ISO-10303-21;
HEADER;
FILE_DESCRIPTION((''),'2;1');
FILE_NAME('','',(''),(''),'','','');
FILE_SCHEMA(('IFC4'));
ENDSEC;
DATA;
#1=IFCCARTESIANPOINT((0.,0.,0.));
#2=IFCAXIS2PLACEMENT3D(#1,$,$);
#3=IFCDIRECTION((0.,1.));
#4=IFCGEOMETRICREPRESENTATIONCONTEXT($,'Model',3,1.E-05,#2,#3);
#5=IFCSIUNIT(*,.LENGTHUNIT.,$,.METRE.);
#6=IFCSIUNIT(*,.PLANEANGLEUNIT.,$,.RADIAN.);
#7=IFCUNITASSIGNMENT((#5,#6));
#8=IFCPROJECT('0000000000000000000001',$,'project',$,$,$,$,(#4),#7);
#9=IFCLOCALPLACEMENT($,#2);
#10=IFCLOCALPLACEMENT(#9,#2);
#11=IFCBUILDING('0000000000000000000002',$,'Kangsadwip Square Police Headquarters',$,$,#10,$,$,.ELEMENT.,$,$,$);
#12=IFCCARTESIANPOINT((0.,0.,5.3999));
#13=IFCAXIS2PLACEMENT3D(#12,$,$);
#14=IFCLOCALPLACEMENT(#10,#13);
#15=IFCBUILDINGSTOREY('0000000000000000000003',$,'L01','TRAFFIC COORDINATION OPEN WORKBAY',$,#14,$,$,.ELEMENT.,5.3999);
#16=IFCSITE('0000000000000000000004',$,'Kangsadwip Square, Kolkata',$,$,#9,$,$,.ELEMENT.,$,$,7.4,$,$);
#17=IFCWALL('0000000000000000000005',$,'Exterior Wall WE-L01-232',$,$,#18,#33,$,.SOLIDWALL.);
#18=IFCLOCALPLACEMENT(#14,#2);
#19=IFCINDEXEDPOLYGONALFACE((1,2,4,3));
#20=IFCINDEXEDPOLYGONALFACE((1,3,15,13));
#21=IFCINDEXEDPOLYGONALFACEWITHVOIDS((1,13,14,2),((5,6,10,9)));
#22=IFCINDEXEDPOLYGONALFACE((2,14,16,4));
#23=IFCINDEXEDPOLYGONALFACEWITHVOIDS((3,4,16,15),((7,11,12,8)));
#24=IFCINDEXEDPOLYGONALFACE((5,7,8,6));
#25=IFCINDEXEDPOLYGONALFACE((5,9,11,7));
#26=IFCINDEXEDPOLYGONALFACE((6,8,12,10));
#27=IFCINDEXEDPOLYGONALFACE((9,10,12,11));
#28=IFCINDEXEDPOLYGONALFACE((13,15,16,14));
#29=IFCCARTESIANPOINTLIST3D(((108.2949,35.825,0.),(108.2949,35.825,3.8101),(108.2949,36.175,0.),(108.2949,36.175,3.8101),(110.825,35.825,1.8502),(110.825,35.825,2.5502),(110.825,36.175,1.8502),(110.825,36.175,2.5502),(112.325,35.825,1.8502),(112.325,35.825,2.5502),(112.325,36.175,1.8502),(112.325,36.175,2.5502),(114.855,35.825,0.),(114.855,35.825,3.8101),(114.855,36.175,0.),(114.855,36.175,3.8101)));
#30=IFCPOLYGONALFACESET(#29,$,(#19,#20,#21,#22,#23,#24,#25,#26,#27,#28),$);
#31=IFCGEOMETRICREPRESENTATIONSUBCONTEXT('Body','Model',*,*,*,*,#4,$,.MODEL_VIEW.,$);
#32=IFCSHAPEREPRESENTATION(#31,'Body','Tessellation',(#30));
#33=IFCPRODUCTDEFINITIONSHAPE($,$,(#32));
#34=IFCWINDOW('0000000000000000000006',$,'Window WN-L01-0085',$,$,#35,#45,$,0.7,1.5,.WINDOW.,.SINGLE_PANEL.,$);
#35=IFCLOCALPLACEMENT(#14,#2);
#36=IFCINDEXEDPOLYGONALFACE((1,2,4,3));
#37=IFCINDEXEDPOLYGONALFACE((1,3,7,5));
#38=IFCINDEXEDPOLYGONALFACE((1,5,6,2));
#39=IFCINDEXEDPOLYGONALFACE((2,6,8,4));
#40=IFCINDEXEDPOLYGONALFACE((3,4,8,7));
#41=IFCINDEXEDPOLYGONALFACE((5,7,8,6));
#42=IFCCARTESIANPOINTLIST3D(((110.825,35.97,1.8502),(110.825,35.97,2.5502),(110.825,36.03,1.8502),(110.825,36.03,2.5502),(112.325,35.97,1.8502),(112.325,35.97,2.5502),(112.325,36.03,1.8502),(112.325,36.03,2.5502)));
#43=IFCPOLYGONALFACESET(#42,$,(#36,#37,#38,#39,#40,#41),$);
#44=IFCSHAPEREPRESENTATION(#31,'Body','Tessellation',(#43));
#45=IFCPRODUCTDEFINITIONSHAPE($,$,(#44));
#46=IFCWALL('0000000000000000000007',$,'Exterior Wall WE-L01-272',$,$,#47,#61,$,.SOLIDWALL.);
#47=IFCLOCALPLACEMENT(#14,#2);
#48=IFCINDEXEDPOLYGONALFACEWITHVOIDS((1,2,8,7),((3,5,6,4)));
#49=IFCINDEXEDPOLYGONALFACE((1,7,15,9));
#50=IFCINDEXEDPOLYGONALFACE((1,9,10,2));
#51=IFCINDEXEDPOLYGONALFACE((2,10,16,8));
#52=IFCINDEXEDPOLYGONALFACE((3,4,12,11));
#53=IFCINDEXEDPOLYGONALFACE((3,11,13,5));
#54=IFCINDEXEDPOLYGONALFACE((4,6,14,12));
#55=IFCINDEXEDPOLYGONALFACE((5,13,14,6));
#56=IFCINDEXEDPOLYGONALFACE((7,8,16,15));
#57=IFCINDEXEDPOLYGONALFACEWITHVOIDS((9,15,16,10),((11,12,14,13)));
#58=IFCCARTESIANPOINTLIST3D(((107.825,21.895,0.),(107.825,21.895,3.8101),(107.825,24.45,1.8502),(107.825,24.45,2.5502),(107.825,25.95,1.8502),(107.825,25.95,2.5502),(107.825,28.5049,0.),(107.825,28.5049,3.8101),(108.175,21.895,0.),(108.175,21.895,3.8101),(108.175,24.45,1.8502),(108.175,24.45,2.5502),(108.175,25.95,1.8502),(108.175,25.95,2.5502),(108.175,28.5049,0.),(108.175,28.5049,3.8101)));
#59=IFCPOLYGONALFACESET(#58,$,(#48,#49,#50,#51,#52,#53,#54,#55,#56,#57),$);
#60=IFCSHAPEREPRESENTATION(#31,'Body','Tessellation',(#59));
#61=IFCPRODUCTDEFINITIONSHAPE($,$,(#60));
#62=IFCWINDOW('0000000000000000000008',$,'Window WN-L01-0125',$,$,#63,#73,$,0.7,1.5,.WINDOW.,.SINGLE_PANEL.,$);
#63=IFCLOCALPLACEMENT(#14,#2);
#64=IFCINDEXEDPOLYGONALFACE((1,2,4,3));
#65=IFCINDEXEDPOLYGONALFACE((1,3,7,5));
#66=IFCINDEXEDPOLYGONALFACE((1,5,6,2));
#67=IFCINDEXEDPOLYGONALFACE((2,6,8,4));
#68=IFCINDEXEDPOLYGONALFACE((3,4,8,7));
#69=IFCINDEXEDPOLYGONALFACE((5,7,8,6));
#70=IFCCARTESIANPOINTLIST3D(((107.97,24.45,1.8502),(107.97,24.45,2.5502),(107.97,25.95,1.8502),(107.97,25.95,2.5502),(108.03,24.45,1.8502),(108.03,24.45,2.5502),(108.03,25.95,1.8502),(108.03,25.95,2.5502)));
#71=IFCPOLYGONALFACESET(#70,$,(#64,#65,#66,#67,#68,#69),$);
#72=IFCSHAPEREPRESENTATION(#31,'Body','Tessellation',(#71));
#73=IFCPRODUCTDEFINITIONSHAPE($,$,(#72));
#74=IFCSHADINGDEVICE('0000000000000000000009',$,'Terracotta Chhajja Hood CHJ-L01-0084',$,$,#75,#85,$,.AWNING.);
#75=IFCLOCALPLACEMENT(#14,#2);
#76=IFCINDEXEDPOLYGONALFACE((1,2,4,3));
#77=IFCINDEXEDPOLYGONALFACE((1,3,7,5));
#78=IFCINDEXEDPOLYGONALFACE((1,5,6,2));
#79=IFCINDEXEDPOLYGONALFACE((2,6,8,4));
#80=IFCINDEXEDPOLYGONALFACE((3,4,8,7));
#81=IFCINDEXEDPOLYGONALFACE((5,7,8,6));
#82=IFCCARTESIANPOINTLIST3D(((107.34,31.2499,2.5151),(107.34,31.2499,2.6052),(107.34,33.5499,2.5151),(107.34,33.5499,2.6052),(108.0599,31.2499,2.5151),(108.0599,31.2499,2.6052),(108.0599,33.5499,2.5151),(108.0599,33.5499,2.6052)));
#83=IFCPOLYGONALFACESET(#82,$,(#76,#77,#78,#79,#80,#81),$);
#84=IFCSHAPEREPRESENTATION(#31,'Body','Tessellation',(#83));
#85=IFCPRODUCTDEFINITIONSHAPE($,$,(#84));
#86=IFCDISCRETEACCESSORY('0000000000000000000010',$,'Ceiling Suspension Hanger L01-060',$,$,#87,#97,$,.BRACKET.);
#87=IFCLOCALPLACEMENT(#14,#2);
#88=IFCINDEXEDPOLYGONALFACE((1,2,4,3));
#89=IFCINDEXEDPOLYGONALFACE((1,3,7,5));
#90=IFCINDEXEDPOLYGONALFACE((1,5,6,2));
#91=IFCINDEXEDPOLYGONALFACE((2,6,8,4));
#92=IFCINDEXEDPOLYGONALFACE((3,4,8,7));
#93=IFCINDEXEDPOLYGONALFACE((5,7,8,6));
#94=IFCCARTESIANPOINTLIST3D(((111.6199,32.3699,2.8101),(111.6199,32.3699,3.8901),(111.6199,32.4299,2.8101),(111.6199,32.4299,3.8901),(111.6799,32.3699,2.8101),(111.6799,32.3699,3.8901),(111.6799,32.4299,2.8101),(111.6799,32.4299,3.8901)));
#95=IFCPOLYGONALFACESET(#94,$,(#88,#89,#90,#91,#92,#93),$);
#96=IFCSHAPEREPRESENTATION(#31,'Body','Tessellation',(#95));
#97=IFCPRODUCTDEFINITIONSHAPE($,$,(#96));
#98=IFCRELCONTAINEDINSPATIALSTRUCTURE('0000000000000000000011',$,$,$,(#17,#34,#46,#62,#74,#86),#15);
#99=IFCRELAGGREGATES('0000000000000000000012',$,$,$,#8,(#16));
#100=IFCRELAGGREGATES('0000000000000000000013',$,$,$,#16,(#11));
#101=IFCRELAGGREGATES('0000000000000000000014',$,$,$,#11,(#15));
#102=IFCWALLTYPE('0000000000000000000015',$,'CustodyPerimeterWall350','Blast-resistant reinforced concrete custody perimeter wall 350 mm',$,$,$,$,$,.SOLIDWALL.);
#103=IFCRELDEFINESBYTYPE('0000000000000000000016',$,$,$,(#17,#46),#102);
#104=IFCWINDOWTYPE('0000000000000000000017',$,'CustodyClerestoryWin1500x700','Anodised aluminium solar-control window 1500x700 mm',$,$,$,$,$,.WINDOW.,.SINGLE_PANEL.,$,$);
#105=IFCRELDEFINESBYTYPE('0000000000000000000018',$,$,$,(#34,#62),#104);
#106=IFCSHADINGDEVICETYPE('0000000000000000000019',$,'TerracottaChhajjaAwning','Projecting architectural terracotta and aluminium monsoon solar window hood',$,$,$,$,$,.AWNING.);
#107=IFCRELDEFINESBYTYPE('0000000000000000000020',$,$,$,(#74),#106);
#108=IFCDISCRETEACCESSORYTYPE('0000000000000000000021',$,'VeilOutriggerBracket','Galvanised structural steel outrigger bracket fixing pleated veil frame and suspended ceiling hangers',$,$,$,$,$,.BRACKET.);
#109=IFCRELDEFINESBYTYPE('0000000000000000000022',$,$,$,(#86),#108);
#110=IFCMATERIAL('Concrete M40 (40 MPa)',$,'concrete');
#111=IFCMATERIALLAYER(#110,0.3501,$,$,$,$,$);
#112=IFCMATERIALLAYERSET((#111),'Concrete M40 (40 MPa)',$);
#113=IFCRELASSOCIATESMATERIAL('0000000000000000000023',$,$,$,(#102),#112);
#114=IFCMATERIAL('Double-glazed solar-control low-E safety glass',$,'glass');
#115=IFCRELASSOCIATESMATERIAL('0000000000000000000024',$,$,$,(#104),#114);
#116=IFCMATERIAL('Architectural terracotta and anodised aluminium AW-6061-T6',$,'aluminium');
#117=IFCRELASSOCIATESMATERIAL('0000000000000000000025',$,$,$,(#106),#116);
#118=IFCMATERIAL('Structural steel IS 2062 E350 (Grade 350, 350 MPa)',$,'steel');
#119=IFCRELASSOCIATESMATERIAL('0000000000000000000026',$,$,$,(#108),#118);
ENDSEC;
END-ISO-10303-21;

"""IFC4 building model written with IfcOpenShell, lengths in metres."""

from ifc_helpers import new_model, si_unit, direction, frame, frame_2d, origin, origin_2d, place, context, subcontext, project, spatial, rectangle, extrude, material, layer, layer_set, type_object, element, fill, save


model = new_model("IFC4")

# Units and contexts
model_context = context("Model", 3, precision=1e-05, world=origin(), true_north=direction((0.0, 1.0)))
body_context = subcontext(model_context, "Body", "Model", "MODEL_VIEW")
ifc_project = project(units=[si_unit("LENGTHUNIT", "METRE"), si_unit("PLANEANGLEUNIT", "RADIAN")], contexts=[model_context])

# Site, building, storey
site_placement = place(None, origin())
site = spatial("IfcSite", under=ifc_project, at=site_placement, Name="Kangsadwip Square, Kolkata", CompositionType="ELEMENT", RefElevation=7.4)
building_placement = place(site_placement, origin())
building = spatial("IfcBuilding", under=site, at=building_placement, Name="Kangsadwip Square Police Headquarters", CompositionType="ELEMENT")
storey_placement = place(building_placement, frame((0.0, 0.0, 5.3999)))
storey = spatial("IfcBuildingStorey", under=building, at=storey_placement, Name="L01", Description="TRAFFIC COORDINATION OPEN WORKBAY", CompositionType="ELEMENT", Elevation=5.3999)

# Walls, openings, windows
ifc_material_1 = material(Name="Concrete M40 (40 MPa)", Category="concrete")
ifc_layer_1 = layer(ifc_material_1, 0.3501)
ifc_layer_set_1 = layer_set([ifc_layer_1], Name="Concrete M40 (40 MPa)")
wall_type_1 = type_object("IfcWallType", Name="CustodyPerimeterWall350", Description="Blast-resistant reinforced concrete custody perimeter wall 350 mm", PredefinedType="SOLIDWALL", material=ifc_layer_set_1)
ifc_material_2 = material(Name="Double-glazed solar-control low-E safety glass", Category="glass")
window_type_1 = type_object("IfcWindowType", Name="CustodyClerestoryWin1500x700", Description="Anodised aluminium solar-control window 1500x700 mm", PartitioningType="SINGLE_PANEL", PredefinedType="WINDOW", material=ifc_material_2)
wall_1_placement = place(storey_placement, frame((108.2949, 36.0, 0.0), z_axis=(0.0, 0.0, 1.0), x_axis=(1.0, 0.0, 0.0)))
wall_1 = element("IfcWall", 1, at=wall_1_placement, inside=storey, type_object=wall_type_1, Name="Exterior Wall WE-L01-232", PredefinedType="SOLIDWALL", context=body_context, shape_type="SweptSolid", body=[
    extrude(rectangle(XDim=6.5601, YDim=0.3501, at=frame_2d((3.28, 0.0))), origin(), (0.0, 0.0, 1.0), 3.8101),
])
opening_1_placement = place(wall_1_placement, frame((2.53, 0.0, 1.8501)))
opening_1 = element("IfcOpeningElement", 2, at=opening_1_placement, cuts=wall_1, PredefinedType="OPENING", context=body_context, shape_type="SweptSolid", body=[
    extrude(rectangle(XDim=1.5, YDim=0.7, at=frame_2d((0.75, 0.3501))), frame((0.0, 0.1851, 0.0), z_axis=(0.0, -1.0, 0.0), x_axis=(1.0, 0.0, 0.0)), (0.0, 0.0, 1.0), 0.3701),
])
window_1_placement = place(opening_1_placement, origin())
window_1 = element("IfcWindow", 3, at=window_1_placement, inside=storey, type_object=window_type_1, Name="Window WN-L01-0085", OverallHeight=0.7, OverallWidth=1.5, PartitioningType="SINGLE_PANEL", PredefinedType="WINDOW", context=body_context, shape_type="SweptSolid", body=[
    extrude(rectangle(XDim=1.5, YDim=0.7, at=frame_2d((0.75, 0.3501))), frame((0.0, 0.03, 0.0), z_axis=(0.0, -1.0, 0.0), x_axis=(1.0, 0.0, 0.0)), (0.0, 0.0, 1.0), 0.0601),
])
fill(opening_1, window_1)
wall_2_placement = place(storey_placement, frame((108.0, 21.895, 0.0), z_axis=(0.0, 0.0, 1.0), x_axis=(0.0, 1.0, 0.0)))
wall_2 = element("IfcWall", 4, at=wall_2_placement, inside=storey, type_object=wall_type_1, Name="Exterior Wall WE-L01-272", PredefinedType="SOLIDWALL", context=body_context, shape_type="SweptSolid", body=[
    extrude(rectangle(XDim=6.6099, YDim=0.3501, at=frame_2d((3.3049, 0.0))), origin(), (0.0, 0.0, 1.0), 3.8101),
])
opening_2_placement = place(wall_2_placement, frame((2.5549, 0.0, 1.8501)))
opening_2 = element("IfcOpeningElement", 5, at=opening_2_placement, cuts=wall_2, PredefinedType="OPENING", context=body_context, shape_type="SweptSolid", body=[
    extrude(rectangle(XDim=1.5, YDim=0.7, at=frame_2d((0.75, 0.3501))), frame((0.0, 0.1851, 0.0), z_axis=(0.0, -1.0, 0.0), x_axis=(1.0, 0.0, 0.0)), (0.0, 0.0, 1.0), 0.3701),
])
window_2_placement = place(opening_2_placement, origin())
window_2 = element("IfcWindow", 6, at=window_2_placement, inside=storey, type_object=window_type_1, Name="Window WN-L01-0125", OverallHeight=0.7, OverallWidth=1.5, PartitioningType="SINGLE_PANEL", PredefinedType="WINDOW", context=body_context, shape_type="SweptSolid", body=[
    extrude(rectangle(XDim=1.5, YDim=0.7, at=frame_2d((0.75, 0.3501))), frame((0.0, 0.03, 0.0), z_axis=(0.0, -1.0, 0.0), x_axis=(1.0, 0.0, 0.0)), (0.0, 0.0, 1.0), 0.0601),
])
fill(opening_2, window_2)

# Shading device
ifc_material_3 = material(Name="Architectural terracotta and anodised aluminium AW-6061-T6", Category="aluminium")
shading_device_type = type_object("IfcShadingDeviceType", Name="TerracottaChhajjaAwning", Description="Projecting architectural terracotta and aluminium monsoon solar window hood", PredefinedType="AWNING", material=ifc_material_3)
shading_device_placement = place(storey_placement, frame((107.7, 32.3999, 2.5151), z_axis=(0.0, 0.0, 1.0), x_axis=(0.0, 1.0, 0.0)))
element("IfcShadingDevice", 7, at=shading_device_placement, inside=storey, type_object=shading_device_type, Name="Terracotta Chhajja Hood CHJ-L01-0084", PredefinedType="AWNING", context=body_context, shape_type="SweptSolid", body=[
    extrude(rectangle(XDim=2.3, YDim=0.72, at=origin_2d()), origin(), (0.0, 0.0, 1.0), 0.0901),
])

# Discrete accessory
ifc_material_4 = material(Name="Structural steel IS 2062 E350 (Grade 350, 350 MPa)", Category="steel")
discrete_accessory_type = type_object("IfcDiscreteAccessoryType", Name="VeilOutriggerBracket", Description="Galvanised structural steel outrigger bracket fixing pleated veil frame and suspended ceiling hangers", PredefinedType="BRACKET", material=ifc_material_4)
discrete_accessory_placement = place(storey_placement, frame((111.6499, 32.3999, 2.8101), z_axis=(0.0, 0.0, 1.0), x_axis=(1.0, 0.0, 0.0)))
element("IfcDiscreteAccessory", 8, at=discrete_accessory_placement, inside=storey, type_object=discrete_accessory_type, Name="Ceiling Suspension Hanger L01-060", PredefinedType="BRACKET", context=body_context, shape_type="SweptSolid", body=[
    extrude(rectangle(XDim=0.0601, YDim=0.0601, at=origin_2d()), origin(), (0.0, 0.0, 1.0), 1.0801),
])

save(model, "model.ifc")
